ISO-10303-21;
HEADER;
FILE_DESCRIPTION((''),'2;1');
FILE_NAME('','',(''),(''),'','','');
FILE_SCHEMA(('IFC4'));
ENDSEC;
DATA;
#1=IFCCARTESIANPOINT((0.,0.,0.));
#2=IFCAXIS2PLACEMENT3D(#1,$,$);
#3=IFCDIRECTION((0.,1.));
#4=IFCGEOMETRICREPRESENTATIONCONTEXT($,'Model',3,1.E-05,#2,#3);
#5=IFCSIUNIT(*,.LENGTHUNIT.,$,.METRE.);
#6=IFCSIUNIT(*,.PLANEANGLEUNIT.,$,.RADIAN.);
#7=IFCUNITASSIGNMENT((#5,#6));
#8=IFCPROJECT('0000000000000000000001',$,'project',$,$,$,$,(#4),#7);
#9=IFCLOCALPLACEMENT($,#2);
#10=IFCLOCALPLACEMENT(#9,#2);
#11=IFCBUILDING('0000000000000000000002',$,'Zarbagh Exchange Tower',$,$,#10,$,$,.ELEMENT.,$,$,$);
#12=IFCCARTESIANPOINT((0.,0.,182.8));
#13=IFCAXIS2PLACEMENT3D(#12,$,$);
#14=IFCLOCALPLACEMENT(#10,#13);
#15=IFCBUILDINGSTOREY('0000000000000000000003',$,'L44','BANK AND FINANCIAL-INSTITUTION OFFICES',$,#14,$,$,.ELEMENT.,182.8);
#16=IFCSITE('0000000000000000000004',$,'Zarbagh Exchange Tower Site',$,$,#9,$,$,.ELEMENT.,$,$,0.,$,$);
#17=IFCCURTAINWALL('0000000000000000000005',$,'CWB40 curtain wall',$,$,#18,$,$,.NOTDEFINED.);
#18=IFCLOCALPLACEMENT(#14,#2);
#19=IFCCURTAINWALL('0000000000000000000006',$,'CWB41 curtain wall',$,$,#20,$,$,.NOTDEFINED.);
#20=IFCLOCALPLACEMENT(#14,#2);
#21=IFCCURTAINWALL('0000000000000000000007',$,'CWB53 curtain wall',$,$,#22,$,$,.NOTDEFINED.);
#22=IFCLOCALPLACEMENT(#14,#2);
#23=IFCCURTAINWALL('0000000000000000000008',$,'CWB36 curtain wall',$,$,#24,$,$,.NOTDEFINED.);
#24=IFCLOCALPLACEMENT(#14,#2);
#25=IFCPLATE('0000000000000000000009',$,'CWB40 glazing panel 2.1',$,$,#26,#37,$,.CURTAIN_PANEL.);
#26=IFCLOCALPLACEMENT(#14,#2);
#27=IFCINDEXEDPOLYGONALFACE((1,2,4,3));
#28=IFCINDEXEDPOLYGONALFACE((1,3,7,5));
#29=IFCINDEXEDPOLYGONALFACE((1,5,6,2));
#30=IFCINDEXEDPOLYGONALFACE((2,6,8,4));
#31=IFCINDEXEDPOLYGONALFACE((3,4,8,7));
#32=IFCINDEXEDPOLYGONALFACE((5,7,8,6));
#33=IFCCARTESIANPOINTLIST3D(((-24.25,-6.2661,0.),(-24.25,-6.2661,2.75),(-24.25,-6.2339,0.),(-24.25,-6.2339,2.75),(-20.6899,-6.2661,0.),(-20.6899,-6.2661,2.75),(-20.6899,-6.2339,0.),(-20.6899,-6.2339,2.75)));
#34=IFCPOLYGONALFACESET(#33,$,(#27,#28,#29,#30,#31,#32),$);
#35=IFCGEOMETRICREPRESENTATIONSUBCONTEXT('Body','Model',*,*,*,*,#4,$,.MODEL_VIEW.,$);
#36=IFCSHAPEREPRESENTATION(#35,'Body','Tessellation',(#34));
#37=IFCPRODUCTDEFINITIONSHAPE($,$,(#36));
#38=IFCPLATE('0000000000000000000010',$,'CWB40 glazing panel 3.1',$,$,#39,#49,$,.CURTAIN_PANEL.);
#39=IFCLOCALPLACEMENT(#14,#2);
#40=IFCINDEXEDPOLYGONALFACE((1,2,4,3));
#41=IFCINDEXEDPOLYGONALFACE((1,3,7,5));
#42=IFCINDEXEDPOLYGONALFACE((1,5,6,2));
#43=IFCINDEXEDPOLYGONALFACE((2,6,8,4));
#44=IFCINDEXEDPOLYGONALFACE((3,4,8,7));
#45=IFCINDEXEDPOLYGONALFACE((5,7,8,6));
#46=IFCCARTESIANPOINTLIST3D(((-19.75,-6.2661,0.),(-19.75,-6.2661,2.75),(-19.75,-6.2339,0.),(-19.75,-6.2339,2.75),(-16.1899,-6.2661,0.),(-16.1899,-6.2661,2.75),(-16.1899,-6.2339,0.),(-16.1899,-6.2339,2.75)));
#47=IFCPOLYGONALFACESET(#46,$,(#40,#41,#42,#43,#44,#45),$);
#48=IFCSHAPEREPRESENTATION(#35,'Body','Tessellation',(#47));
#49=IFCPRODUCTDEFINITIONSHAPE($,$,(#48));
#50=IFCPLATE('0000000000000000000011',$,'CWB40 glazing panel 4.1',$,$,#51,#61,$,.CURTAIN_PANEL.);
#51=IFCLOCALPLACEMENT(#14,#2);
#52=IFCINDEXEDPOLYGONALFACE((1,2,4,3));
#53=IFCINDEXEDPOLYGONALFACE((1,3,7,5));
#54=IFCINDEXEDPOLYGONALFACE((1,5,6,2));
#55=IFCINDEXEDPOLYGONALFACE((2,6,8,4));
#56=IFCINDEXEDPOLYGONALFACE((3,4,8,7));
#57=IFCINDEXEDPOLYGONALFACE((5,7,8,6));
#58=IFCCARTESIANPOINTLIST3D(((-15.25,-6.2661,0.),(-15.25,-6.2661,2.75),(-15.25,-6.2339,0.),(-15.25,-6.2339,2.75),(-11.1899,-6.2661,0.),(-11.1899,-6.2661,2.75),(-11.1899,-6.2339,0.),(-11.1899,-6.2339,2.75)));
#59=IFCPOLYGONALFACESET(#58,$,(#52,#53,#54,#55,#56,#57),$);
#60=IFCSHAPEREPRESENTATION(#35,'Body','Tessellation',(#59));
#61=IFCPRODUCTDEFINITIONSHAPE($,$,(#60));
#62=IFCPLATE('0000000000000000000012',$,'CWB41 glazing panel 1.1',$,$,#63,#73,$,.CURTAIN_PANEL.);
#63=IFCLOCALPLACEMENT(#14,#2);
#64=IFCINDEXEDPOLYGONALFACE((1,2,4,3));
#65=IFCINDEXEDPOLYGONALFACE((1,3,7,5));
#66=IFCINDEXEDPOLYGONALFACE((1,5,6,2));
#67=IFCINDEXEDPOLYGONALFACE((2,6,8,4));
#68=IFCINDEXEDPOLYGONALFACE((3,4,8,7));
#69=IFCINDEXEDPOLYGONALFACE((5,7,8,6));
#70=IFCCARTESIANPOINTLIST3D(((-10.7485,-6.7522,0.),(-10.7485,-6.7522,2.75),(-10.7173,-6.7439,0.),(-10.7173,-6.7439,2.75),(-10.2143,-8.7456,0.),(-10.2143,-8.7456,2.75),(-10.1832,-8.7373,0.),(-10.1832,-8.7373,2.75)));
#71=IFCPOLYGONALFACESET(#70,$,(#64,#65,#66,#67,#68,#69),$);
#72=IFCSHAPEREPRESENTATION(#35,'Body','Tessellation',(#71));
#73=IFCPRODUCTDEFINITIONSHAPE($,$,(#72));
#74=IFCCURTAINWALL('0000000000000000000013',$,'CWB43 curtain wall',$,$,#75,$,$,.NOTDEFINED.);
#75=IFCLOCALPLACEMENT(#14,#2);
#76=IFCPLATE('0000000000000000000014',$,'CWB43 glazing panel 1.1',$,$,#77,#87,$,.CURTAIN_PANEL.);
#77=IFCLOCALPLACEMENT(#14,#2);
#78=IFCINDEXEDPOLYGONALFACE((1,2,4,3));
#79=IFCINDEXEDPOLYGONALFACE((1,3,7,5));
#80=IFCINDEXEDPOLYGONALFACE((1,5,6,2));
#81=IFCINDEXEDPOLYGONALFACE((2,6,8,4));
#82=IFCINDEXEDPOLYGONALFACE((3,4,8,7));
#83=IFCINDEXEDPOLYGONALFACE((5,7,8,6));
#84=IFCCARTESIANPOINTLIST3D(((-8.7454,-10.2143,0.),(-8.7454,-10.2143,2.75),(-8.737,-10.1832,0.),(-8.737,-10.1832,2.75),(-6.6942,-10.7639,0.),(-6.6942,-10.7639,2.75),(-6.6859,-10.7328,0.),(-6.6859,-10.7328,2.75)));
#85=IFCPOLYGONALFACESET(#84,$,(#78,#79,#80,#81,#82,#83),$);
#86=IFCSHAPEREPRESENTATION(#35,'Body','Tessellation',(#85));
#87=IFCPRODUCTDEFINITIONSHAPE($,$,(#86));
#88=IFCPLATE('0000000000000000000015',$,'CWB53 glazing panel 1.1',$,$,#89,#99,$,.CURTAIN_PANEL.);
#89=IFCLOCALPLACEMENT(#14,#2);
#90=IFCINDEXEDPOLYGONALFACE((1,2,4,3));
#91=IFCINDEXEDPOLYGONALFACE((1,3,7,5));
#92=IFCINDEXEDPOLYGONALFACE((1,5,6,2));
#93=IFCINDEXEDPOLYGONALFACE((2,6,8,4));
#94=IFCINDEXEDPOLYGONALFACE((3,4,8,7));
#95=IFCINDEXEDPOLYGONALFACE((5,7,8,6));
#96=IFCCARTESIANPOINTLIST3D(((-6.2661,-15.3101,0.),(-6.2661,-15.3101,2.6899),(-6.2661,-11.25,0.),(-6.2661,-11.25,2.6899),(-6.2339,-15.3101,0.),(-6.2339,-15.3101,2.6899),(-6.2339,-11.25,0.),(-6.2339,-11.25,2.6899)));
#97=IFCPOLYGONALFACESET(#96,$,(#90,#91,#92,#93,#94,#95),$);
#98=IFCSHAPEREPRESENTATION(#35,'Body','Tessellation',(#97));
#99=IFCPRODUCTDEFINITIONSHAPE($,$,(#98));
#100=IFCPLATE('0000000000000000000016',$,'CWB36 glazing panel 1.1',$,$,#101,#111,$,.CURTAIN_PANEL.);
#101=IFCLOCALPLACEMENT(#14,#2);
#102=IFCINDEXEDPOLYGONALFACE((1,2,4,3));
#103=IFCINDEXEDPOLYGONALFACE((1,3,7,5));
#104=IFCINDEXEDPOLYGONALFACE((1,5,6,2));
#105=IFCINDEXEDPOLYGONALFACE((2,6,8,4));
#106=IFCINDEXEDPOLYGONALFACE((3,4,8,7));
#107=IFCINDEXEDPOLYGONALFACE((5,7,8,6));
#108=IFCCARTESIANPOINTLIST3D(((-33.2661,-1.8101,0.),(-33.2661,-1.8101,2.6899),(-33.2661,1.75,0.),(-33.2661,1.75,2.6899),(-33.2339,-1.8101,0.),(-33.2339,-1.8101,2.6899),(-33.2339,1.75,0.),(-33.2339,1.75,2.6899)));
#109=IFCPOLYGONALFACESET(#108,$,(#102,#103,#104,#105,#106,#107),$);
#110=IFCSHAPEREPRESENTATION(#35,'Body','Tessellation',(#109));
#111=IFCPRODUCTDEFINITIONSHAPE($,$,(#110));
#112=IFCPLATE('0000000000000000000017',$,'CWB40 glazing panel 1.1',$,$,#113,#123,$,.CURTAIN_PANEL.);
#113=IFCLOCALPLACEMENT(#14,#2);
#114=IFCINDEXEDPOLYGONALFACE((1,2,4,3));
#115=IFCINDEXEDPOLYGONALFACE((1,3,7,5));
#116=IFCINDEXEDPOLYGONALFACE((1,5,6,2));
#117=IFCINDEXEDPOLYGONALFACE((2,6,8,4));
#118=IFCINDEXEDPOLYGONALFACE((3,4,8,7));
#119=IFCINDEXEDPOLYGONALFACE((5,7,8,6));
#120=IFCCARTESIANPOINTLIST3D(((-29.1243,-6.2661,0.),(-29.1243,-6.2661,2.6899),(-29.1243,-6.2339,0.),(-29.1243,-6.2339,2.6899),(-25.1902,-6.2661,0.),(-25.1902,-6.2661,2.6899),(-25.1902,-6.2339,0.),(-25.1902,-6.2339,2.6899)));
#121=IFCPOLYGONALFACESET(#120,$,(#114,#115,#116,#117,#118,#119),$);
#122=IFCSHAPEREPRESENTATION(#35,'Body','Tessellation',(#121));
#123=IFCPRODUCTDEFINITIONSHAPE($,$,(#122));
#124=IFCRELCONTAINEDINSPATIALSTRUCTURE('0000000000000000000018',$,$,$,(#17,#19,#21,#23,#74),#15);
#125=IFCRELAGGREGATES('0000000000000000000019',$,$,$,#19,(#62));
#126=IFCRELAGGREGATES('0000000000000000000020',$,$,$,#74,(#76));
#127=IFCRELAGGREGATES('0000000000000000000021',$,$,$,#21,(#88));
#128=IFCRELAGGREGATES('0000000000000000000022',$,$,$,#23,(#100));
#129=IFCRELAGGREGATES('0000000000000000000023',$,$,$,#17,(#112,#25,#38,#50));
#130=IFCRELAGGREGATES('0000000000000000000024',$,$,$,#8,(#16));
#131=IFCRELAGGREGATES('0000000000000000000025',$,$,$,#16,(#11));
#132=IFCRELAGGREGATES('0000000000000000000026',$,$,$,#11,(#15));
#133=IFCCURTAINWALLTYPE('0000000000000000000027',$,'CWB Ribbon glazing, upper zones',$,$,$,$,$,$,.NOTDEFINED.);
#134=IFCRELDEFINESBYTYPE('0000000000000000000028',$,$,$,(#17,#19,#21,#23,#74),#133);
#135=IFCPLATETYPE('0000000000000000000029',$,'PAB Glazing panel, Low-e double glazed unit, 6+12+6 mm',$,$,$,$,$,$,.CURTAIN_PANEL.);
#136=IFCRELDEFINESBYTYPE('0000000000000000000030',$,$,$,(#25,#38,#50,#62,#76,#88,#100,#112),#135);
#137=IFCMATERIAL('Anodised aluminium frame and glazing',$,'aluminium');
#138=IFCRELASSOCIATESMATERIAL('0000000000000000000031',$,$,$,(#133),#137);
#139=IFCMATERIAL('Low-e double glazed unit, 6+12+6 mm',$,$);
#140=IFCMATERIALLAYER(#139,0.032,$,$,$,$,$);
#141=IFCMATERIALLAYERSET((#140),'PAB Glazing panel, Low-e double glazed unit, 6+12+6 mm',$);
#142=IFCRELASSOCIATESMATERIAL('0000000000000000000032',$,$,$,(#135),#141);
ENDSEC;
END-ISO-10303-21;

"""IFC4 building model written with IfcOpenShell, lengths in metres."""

from ifc_helpers import new_model, si_unit, direction, frame, origin, place, context, subcontext, project, spatial, polyline, outline, extrude, source, transform, mapped, material, layer, layer_set, type_object, element, aggregate, save


model = new_model("IFC4")

# Units and contexts
model_context = context("Model", 3, precision=1e-05, world=origin(), true_north=direction((0.0, 1.0)))
body_context = subcontext(model_context, "Body", "Model", "MODEL_VIEW")
ifc_project = project(units=[si_unit("LENGTHUNIT", "METRE"), si_unit("PLANEANGLEUNIT", "RADIAN")], contexts=[model_context])

# Site, building, storey
site_placement = place(None, origin())
site = spatial("IfcSite", under=ifc_project, at=site_placement, Name="Zarbagh Exchange Tower Site", CompositionType="ELEMENT", RefElevation=0.0)
building_placement = place(site_placement, origin())
building = spatial("IfcBuilding", under=site, at=building_placement, Name="Zarbagh Exchange Tower", CompositionType="ELEMENT")
storey_placement = place(building_placement, frame((0.0, 0.0, 182.8)))
storey = spatial("IfcBuildingStorey", under=building, at=storey_placement, Name="L44", Description="BANK AND FINANCIAL-INSTITUTION OFFICES", CompositionType="ELEMENT", Elevation=182.8)

# Shared definitions
ifc_material_1 = material(Name="Anodised aluminium frame and glazing", Category="aluminium")
curtain_wall_type = type_object("IfcCurtainWallType", Name="CWB Ribbon glazing, upper zones", PredefinedType="NOTDEFINED", material=ifc_material_1)
placement = place(storey_placement, origin())

# Curtain wall
curtain_wall_1_placement = place(storey_placement, origin())
curtain_wall_1 = element("IfcCurtainWall", 1, at=curtain_wall_1_placement, inside=storey, type_object=curtain_wall_type, Name="CWB40 curtain wall", PredefinedType="NOTDEFINED")

# Curtain wall
curtain_wall_2_placement = place(storey_placement, origin())
curtain_wall_2 = element("IfcCurtainWall", 2, at=curtain_wall_2_placement, inside=storey, type_object=curtain_wall_type, Name="CWB41 curtain wall", PredefinedType="NOTDEFINED")

# Curtain wall
curtain_wall_3_placement = place(storey_placement, origin())
curtain_wall_3 = element("IfcCurtainWall", 3, at=curtain_wall_3_placement, inside=storey, type_object=curtain_wall_type, Name="CWB53 curtain wall", PredefinedType="NOTDEFINED")

# Curtain wall
curtain_wall_4_placement = place(storey_placement, origin())
curtain_wall_4 = element("IfcCurtainWall", 4, at=curtain_wall_4_placement, inside=storey, type_object=curtain_wall_type, Name="CWB36 curtain wall", PredefinedType="NOTDEFINED")

# Shared definitions
ifc_material_2 = material(Name="Low-e double glazed unit, 6+12+6 mm")
ifc_layer = layer(ifc_material_2, 0.032)
ifc_layer_set = layer_set([ifc_layer], Name="PAB Glazing panel, Low-e double glazed unit, 6+12+6 mm")
plate_type = type_object("IfcPlateType", Name="PAB Glazing panel, Low-e double glazed unit, 6+12+6 mm", PredefinedType="CURTAIN_PANEL", material=ifc_layer_set)

# Plates
shared_shape_1 = source(origin(), body_context, "Body", "SweptSolid", [
    extrude(outline(polyline([(0.0, -0.0161), (3.5601, -0.0161), (3.5601, 0.0161), (0.0, 0.0161), (0.0, -0.0161)])), origin(), (0.0, 0.0, 1.0), 2.75),
])
plate_1 = element("IfcPlate", 5, at=placement, type_object=plate_type, Name="CWB40 glazing panel 2.1", PredefinedType="CURTAIN_PANEL", context=body_context, shape_type="MappedRepresentation", body=[
    mapped(shared_shape_1, transform((-24.25, -6.25, 0.0), x_axis=(1.0, 0.0, 0.0), y_axis=(0.0, 1.0, 0.0), z_axis=(0.0, 0.0, 1.0))),
])
plate_2 = element("IfcPlate", 6, at=placement, type_object=plate_type, Name="CWB40 glazing panel 3.1", PredefinedType="CURTAIN_PANEL", context=body_context, shape_type="MappedRepresentation", body=[
    mapped(shared_shape_1, transform((-19.75, -6.25, 0.0), x_axis=(1.0, 0.0, 0.0), y_axis=(0.0, 1.0, 0.0), z_axis=(0.0, 0.0, 1.0))),
])
shared_shape_2 = source(origin(), body_context, "Body", "SweptSolid", [
    extrude(outline(polyline([(0.0, -0.0161), (4.0601, -0.0161), (4.0601, 0.0161), (0.0, 0.0161), (0.0, -0.0161)])), origin(), (0.0, 0.0, 1.0), 2.75),
])
plate_3 = element("IfcPlate", 7, at=placement, type_object=plate_type, Name="CWB40 glazing panel 4.1", PredefinedType="CURTAIN_PANEL", context=body_context, shape_type="MappedRepresentation", body=[
    mapped(shared_shape_2, transform((-15.25, -6.25, 0.0), x_axis=(1.0, 0.0, 0.0), y_axis=(0.0, 1.0, 0.0), z_axis=(0.0, 0.0, 1.0))),
])
shared_shape_3 = source(origin(), body_context, "Body", "SweptSolid", [
    extrude(outline(polyline([(0.0, -0.0161), (2.0637, -0.0161), (2.0637, 0.0161), (0.0, 0.0161), (0.0, -0.0161)])), origin(), (0.0, 0.0, 1.0), 2.75),
])
plate_4 = element("IfcPlate", 8, at=placement, type_object=plate_type, Name="CWB41 glazing panel 1.1", PredefinedType="CURTAIN_PANEL", context=body_context, shape_type="MappedRepresentation", body=[
    mapped(shared_shape_3, transform((-10.7329, -6.748, 0.0), x_axis=(0.258825, -0.965924, 0.0), y_axis=(0.965924, 0.258825, 0.0), z_axis=(0.0, 0.0, 1.0))),
])
aggregate(curtain_wall_2, [plate_4])

# Curtain wall, plate
curtain_wall_5_placement = place(storey_placement, origin())
curtain_wall_5 = element("IfcCurtainWall", 9, at=curtain_wall_5_placement, inside=storey, type_object=curtain_wall_type, Name="CWB43 curtain wall", PredefinedType="NOTDEFINED")
shared_shape_4 = source(origin(), body_context, "Body", "SweptSolid", [
    extrude(outline(polyline([(0.0, -0.0161), (2.1235, -0.0161), (2.1235, 0.0161), (0.0, 0.0161), (0.0, -0.0161)])), origin(), (0.0, 0.0, 1.0), 2.75),
])
plate_5 = element("IfcPlate", 10, at=placement, type_object=plate_type, Name="CWB43 glazing panel 1.1", PredefinedType="CURTAIN_PANEL", context=body_context, shape_type="MappedRepresentation", body=[
    mapped(shared_shape_4, transform((-8.7412, -10.1987, 0.0), x_axis=(0.965924, -0.258825, 0.0), y_axis=(0.258825, 0.965924, 0.0), z_axis=(0.0, 0.0, 1.0))),
])
aggregate(curtain_wall_5, [plate_5])

# Plates
shared_shape_5 = source(origin(), body_context, "Body", "SweptSolid", [
    extrude(outline(polyline([(0.0, -0.0161), (4.0601, -0.0161), (4.0601, 0.0161), (0.0, 0.0161), (0.0, -0.0161)])), origin(), (0.0, 0.0, 1.0), 2.6899),
])
plate_6 = element("IfcPlate", 11, at=placement, type_object=plate_type, Name="CWB53 glazing panel 1.1", PredefinedType="CURTAIN_PANEL", context=body_context, shape_type="MappedRepresentation", body=[
    mapped(shared_shape_5, transform((-6.25, -11.25, 0.0), x_axis=(0.0, -1.0, 0.0), y_axis=(1.0, 0.0, 0.0), z_axis=(0.0, 0.0, 1.0))),
])
aggregate(curtain_wall_3, [plate_6])
shared_shape_6 = source(origin(), body_context, "Body", "SweptSolid", [
    extrude(outline(polyline([(0.0, -0.0161), (3.5601, -0.0161), (3.5601, 0.0161), (0.0, 0.0161), (0.0, -0.0161)])), origin(), (0.0, 0.0, 1.0), 2.6899),
])
plate_7 = element("IfcPlate", 12, at=placement, type_object=plate_type, Name="CWB36 glazing panel 1.1", PredefinedType="CURTAIN_PANEL", context=body_context, shape_type="MappedRepresentation", body=[
    mapped(shared_shape_6, transform((-33.25, 1.75, 0.0), x_axis=(0.0, -1.0, 0.0), y_axis=(1.0, 0.0, 0.0), z_axis=(0.0, 0.0, 1.0))),
])
aggregate(curtain_wall_4, [plate_7])
shared_shape_7 = source(origin(), body_context, "Body", "SweptSolid", [
    extrude(outline(polyline([(0.0, -0.0161), (3.9341, -0.0161), (3.9341, 0.0161), (0.0, 0.0161), (0.0, -0.0161)])), origin(), (0.0, 0.0, 1.0), 2.6899),
])
plate_8 = element("IfcPlate", 13, at=placement, type_object=plate_type, Name="CWB40 glazing panel 1.1", PredefinedType="CURTAIN_PANEL", context=body_context, shape_type="MappedRepresentation", body=[
    mapped(shared_shape_7, transform((-29.1243, -6.25, 0.0), x_axis=(1.0, 0.0, 0.0), y_axis=(0.0, 1.0, 0.0), z_axis=(0.0, 0.0, 1.0))),
])
aggregate(curtain_wall_1, [plate_8, plate_1, plate_2, plate_3])

save(model, "model.ifc")
